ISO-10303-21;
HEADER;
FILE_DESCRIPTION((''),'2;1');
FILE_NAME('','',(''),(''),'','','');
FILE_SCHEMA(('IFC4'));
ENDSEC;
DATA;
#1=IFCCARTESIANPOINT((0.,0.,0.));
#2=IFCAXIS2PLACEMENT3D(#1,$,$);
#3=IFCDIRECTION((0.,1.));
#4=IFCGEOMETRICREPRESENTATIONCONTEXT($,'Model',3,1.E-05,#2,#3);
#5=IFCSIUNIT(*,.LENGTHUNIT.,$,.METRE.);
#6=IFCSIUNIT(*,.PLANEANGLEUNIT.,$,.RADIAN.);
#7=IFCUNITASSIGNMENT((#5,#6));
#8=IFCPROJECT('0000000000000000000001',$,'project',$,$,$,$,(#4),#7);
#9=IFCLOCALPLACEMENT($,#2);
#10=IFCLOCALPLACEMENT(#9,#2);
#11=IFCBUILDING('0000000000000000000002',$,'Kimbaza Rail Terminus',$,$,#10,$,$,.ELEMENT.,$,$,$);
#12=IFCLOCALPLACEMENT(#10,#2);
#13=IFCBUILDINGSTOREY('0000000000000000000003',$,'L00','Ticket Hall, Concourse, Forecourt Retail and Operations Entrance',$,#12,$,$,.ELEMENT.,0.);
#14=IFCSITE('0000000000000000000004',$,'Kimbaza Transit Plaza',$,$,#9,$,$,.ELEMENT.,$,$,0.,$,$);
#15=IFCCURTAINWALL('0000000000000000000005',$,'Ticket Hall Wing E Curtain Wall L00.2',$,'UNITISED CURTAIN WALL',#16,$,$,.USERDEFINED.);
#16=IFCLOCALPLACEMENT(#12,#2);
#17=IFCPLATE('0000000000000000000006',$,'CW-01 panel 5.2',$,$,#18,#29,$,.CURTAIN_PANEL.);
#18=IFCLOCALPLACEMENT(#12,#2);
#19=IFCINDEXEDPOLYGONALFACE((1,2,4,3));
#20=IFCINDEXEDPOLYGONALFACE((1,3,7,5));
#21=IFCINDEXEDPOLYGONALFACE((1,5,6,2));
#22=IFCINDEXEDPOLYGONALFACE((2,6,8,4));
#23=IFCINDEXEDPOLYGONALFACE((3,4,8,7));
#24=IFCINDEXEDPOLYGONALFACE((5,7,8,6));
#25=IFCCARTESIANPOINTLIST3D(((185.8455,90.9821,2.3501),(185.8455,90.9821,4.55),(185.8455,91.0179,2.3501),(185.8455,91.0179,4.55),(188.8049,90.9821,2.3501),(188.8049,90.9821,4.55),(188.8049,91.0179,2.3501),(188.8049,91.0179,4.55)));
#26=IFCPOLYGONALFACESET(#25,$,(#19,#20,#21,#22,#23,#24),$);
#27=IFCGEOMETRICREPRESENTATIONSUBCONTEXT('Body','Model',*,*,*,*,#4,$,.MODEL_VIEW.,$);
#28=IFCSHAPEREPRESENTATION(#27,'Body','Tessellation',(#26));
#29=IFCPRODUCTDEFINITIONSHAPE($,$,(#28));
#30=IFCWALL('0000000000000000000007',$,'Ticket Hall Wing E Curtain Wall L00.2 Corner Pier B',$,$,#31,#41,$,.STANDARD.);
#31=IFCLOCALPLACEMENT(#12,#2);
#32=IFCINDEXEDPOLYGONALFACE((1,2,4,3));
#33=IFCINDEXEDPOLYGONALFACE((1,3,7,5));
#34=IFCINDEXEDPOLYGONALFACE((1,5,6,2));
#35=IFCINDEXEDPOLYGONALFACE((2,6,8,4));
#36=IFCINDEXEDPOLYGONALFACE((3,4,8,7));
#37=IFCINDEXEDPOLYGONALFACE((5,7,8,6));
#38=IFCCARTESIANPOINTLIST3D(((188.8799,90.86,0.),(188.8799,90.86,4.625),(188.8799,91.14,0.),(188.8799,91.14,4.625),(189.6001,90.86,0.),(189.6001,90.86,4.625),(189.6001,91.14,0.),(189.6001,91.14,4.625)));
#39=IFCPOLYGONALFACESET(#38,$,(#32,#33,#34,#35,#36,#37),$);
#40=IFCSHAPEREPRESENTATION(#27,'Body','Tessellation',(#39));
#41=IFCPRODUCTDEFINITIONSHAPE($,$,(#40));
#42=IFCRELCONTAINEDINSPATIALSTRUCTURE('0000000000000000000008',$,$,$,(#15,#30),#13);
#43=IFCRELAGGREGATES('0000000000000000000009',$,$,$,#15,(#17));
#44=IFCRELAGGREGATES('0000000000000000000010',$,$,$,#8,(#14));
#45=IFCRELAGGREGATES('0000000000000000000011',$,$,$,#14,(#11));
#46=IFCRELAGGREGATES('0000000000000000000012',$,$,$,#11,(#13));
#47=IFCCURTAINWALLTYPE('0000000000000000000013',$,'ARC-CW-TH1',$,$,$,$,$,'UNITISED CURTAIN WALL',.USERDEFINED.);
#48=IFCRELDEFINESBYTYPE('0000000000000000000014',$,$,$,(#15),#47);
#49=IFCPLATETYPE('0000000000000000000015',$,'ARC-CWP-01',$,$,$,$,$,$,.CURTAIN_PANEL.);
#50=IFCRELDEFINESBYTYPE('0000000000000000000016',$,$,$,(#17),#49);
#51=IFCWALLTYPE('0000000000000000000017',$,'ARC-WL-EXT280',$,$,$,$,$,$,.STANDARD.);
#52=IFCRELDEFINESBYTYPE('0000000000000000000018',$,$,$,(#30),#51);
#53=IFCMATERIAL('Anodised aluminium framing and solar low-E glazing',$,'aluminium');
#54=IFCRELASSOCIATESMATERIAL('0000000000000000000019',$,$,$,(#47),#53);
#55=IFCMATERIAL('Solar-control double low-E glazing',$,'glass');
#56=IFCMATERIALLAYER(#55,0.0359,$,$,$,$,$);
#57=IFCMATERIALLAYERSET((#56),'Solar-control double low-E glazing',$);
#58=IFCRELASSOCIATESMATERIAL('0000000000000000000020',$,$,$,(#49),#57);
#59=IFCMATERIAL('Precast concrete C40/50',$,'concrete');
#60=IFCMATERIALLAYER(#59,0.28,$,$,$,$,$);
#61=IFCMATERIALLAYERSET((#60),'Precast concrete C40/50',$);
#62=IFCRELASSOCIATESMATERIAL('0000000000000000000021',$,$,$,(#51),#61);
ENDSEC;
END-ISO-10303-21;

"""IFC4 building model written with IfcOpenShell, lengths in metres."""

from ifc_helpers import new_model, si_unit, direction, frame, frame_2d, origin, origin_2d, place, context, subcontext, project, spatial, rectangle, extrude, material, layer, layer_set, type_object, element, aggregate, save


model = new_model("IFC4")

# Units and contexts
model_context = context("Model", 3, precision=1e-05, world=origin(), true_north=direction((0.0, 1.0)))
body_context = subcontext(model_context, "Body", "Model", "MODEL_VIEW")
ifc_project = project(units=[si_unit("LENGTHUNIT", "METRE"), si_unit("PLANEANGLEUNIT", "RADIAN")], contexts=[model_context])

# Site, building, storey
site_placement = place(None, origin())
site = spatial("IfcSite", under=ifc_project, at=site_placement, Name="Kimbaza Transit Plaza", CompositionType="ELEMENT", RefElevation=0.0)
building_placement = place(site_placement, origin())
building = spatial("IfcBuilding", under=site, at=building_placement, Name="Kimbaza Rail Terminus", CompositionType="ELEMENT")
storey_placement = place(building_placement, origin())
storey = spatial("IfcBuildingStorey", under=building, at=storey_placement, Name="L00", Description="Ticket Hall, Concourse, Forecourt Retail and Operations Entrance", CompositionType="ELEMENT", Elevation=0.0)

# Curtain wall
ifc_material_1 = material(Name="Anodised aluminium framing and solar low-E glazing", Category="aluminium")
curtain_wall_type_1 = type_object("IfcCurtainWallType", Name="ARC-CW-TH1", ElementType="UNITISED CURTAIN WALL", PredefinedType="USERDEFINED", material=ifc_material_1)
curtain_wall_1_placement = place(storey_placement, origin())
curtain_wall_1 = element("IfcCurtainWall", 1, at=curtain_wall_1_placement, inside=storey, type_object=curtain_wall_type_1, Name="Ticket Hall Wing E Curtain Wall L00.2", ObjectType="UNITISED CURTAIN WALL", PredefinedType="USERDEFINED")

# Plate
ifc_material_2 = material(Name="Solar-control double low-E glazing", Category="glass")
ifc_layer_1 = layer(ifc_material_2, 0.0359)
ifc_layer_set_1 = layer_set([ifc_layer_1], Name="Solar-control double low-E glazing")
plate_type = type_object("IfcPlateType", Name="ARC-CWP-01", PredefinedType="CURTAIN_PANEL", material=ifc_layer_set_1)
plate_1_placement = place(storey_placement, frame((187.3252, 91.0, 2.3501), z_axis=(0.0, 0.0, 1.0), x_axis=(1.0, 0.0, 0.0)))
plate_1 = element("IfcPlate", 2, at=plate_1_placement, type_object=plate_type, Name="CW-01 panel 5.2", PredefinedType="CURTAIN_PANEL", context=body_context, shape_type="SweptSolid", body=[
    extrude(rectangle(XDim=2.9595, YDim=0.0359, at=origin_2d()), origin(), (0.0, 0.0, 1.0), 2.2),
])
aggregate(curtain_wall_1, [plate_1])

# Wall
ifc_material_3 = material(Name="Precast concrete C40/50", Category="concrete")
ifc_layer_2 = layer(ifc_material_3, 0.28)
ifc_layer_set_2 = layer_set([ifc_layer_2], Name="Precast concrete C40/50")
wall_type = type_object("IfcWallType", Name="ARC-WL-EXT280", PredefinedType="STANDARD", material=ifc_layer_set_2)
wall_placement = place(storey_placement, frame((188.8799, 91.0, 0.0), z_axis=(0.0, 0.0, 1.0), x_axis=(1.0, 0.0, 0.0)))
element("IfcWall", 3, at=wall_placement, inside=storey, type_object=wall_type, Name="Ticket Hall Wing E Curtain Wall L00.2 Corner Pier B", PredefinedType="STANDARD", context=body_context, shape_type="SweptSolid", body=[
    extrude(rectangle(XDim=0.7202, YDim=0.28, at=frame_2d((0.3601, 0.0))), origin(), (0.0, 0.0, 1.0), 4.625),
])

save(model, "model.ifc")
